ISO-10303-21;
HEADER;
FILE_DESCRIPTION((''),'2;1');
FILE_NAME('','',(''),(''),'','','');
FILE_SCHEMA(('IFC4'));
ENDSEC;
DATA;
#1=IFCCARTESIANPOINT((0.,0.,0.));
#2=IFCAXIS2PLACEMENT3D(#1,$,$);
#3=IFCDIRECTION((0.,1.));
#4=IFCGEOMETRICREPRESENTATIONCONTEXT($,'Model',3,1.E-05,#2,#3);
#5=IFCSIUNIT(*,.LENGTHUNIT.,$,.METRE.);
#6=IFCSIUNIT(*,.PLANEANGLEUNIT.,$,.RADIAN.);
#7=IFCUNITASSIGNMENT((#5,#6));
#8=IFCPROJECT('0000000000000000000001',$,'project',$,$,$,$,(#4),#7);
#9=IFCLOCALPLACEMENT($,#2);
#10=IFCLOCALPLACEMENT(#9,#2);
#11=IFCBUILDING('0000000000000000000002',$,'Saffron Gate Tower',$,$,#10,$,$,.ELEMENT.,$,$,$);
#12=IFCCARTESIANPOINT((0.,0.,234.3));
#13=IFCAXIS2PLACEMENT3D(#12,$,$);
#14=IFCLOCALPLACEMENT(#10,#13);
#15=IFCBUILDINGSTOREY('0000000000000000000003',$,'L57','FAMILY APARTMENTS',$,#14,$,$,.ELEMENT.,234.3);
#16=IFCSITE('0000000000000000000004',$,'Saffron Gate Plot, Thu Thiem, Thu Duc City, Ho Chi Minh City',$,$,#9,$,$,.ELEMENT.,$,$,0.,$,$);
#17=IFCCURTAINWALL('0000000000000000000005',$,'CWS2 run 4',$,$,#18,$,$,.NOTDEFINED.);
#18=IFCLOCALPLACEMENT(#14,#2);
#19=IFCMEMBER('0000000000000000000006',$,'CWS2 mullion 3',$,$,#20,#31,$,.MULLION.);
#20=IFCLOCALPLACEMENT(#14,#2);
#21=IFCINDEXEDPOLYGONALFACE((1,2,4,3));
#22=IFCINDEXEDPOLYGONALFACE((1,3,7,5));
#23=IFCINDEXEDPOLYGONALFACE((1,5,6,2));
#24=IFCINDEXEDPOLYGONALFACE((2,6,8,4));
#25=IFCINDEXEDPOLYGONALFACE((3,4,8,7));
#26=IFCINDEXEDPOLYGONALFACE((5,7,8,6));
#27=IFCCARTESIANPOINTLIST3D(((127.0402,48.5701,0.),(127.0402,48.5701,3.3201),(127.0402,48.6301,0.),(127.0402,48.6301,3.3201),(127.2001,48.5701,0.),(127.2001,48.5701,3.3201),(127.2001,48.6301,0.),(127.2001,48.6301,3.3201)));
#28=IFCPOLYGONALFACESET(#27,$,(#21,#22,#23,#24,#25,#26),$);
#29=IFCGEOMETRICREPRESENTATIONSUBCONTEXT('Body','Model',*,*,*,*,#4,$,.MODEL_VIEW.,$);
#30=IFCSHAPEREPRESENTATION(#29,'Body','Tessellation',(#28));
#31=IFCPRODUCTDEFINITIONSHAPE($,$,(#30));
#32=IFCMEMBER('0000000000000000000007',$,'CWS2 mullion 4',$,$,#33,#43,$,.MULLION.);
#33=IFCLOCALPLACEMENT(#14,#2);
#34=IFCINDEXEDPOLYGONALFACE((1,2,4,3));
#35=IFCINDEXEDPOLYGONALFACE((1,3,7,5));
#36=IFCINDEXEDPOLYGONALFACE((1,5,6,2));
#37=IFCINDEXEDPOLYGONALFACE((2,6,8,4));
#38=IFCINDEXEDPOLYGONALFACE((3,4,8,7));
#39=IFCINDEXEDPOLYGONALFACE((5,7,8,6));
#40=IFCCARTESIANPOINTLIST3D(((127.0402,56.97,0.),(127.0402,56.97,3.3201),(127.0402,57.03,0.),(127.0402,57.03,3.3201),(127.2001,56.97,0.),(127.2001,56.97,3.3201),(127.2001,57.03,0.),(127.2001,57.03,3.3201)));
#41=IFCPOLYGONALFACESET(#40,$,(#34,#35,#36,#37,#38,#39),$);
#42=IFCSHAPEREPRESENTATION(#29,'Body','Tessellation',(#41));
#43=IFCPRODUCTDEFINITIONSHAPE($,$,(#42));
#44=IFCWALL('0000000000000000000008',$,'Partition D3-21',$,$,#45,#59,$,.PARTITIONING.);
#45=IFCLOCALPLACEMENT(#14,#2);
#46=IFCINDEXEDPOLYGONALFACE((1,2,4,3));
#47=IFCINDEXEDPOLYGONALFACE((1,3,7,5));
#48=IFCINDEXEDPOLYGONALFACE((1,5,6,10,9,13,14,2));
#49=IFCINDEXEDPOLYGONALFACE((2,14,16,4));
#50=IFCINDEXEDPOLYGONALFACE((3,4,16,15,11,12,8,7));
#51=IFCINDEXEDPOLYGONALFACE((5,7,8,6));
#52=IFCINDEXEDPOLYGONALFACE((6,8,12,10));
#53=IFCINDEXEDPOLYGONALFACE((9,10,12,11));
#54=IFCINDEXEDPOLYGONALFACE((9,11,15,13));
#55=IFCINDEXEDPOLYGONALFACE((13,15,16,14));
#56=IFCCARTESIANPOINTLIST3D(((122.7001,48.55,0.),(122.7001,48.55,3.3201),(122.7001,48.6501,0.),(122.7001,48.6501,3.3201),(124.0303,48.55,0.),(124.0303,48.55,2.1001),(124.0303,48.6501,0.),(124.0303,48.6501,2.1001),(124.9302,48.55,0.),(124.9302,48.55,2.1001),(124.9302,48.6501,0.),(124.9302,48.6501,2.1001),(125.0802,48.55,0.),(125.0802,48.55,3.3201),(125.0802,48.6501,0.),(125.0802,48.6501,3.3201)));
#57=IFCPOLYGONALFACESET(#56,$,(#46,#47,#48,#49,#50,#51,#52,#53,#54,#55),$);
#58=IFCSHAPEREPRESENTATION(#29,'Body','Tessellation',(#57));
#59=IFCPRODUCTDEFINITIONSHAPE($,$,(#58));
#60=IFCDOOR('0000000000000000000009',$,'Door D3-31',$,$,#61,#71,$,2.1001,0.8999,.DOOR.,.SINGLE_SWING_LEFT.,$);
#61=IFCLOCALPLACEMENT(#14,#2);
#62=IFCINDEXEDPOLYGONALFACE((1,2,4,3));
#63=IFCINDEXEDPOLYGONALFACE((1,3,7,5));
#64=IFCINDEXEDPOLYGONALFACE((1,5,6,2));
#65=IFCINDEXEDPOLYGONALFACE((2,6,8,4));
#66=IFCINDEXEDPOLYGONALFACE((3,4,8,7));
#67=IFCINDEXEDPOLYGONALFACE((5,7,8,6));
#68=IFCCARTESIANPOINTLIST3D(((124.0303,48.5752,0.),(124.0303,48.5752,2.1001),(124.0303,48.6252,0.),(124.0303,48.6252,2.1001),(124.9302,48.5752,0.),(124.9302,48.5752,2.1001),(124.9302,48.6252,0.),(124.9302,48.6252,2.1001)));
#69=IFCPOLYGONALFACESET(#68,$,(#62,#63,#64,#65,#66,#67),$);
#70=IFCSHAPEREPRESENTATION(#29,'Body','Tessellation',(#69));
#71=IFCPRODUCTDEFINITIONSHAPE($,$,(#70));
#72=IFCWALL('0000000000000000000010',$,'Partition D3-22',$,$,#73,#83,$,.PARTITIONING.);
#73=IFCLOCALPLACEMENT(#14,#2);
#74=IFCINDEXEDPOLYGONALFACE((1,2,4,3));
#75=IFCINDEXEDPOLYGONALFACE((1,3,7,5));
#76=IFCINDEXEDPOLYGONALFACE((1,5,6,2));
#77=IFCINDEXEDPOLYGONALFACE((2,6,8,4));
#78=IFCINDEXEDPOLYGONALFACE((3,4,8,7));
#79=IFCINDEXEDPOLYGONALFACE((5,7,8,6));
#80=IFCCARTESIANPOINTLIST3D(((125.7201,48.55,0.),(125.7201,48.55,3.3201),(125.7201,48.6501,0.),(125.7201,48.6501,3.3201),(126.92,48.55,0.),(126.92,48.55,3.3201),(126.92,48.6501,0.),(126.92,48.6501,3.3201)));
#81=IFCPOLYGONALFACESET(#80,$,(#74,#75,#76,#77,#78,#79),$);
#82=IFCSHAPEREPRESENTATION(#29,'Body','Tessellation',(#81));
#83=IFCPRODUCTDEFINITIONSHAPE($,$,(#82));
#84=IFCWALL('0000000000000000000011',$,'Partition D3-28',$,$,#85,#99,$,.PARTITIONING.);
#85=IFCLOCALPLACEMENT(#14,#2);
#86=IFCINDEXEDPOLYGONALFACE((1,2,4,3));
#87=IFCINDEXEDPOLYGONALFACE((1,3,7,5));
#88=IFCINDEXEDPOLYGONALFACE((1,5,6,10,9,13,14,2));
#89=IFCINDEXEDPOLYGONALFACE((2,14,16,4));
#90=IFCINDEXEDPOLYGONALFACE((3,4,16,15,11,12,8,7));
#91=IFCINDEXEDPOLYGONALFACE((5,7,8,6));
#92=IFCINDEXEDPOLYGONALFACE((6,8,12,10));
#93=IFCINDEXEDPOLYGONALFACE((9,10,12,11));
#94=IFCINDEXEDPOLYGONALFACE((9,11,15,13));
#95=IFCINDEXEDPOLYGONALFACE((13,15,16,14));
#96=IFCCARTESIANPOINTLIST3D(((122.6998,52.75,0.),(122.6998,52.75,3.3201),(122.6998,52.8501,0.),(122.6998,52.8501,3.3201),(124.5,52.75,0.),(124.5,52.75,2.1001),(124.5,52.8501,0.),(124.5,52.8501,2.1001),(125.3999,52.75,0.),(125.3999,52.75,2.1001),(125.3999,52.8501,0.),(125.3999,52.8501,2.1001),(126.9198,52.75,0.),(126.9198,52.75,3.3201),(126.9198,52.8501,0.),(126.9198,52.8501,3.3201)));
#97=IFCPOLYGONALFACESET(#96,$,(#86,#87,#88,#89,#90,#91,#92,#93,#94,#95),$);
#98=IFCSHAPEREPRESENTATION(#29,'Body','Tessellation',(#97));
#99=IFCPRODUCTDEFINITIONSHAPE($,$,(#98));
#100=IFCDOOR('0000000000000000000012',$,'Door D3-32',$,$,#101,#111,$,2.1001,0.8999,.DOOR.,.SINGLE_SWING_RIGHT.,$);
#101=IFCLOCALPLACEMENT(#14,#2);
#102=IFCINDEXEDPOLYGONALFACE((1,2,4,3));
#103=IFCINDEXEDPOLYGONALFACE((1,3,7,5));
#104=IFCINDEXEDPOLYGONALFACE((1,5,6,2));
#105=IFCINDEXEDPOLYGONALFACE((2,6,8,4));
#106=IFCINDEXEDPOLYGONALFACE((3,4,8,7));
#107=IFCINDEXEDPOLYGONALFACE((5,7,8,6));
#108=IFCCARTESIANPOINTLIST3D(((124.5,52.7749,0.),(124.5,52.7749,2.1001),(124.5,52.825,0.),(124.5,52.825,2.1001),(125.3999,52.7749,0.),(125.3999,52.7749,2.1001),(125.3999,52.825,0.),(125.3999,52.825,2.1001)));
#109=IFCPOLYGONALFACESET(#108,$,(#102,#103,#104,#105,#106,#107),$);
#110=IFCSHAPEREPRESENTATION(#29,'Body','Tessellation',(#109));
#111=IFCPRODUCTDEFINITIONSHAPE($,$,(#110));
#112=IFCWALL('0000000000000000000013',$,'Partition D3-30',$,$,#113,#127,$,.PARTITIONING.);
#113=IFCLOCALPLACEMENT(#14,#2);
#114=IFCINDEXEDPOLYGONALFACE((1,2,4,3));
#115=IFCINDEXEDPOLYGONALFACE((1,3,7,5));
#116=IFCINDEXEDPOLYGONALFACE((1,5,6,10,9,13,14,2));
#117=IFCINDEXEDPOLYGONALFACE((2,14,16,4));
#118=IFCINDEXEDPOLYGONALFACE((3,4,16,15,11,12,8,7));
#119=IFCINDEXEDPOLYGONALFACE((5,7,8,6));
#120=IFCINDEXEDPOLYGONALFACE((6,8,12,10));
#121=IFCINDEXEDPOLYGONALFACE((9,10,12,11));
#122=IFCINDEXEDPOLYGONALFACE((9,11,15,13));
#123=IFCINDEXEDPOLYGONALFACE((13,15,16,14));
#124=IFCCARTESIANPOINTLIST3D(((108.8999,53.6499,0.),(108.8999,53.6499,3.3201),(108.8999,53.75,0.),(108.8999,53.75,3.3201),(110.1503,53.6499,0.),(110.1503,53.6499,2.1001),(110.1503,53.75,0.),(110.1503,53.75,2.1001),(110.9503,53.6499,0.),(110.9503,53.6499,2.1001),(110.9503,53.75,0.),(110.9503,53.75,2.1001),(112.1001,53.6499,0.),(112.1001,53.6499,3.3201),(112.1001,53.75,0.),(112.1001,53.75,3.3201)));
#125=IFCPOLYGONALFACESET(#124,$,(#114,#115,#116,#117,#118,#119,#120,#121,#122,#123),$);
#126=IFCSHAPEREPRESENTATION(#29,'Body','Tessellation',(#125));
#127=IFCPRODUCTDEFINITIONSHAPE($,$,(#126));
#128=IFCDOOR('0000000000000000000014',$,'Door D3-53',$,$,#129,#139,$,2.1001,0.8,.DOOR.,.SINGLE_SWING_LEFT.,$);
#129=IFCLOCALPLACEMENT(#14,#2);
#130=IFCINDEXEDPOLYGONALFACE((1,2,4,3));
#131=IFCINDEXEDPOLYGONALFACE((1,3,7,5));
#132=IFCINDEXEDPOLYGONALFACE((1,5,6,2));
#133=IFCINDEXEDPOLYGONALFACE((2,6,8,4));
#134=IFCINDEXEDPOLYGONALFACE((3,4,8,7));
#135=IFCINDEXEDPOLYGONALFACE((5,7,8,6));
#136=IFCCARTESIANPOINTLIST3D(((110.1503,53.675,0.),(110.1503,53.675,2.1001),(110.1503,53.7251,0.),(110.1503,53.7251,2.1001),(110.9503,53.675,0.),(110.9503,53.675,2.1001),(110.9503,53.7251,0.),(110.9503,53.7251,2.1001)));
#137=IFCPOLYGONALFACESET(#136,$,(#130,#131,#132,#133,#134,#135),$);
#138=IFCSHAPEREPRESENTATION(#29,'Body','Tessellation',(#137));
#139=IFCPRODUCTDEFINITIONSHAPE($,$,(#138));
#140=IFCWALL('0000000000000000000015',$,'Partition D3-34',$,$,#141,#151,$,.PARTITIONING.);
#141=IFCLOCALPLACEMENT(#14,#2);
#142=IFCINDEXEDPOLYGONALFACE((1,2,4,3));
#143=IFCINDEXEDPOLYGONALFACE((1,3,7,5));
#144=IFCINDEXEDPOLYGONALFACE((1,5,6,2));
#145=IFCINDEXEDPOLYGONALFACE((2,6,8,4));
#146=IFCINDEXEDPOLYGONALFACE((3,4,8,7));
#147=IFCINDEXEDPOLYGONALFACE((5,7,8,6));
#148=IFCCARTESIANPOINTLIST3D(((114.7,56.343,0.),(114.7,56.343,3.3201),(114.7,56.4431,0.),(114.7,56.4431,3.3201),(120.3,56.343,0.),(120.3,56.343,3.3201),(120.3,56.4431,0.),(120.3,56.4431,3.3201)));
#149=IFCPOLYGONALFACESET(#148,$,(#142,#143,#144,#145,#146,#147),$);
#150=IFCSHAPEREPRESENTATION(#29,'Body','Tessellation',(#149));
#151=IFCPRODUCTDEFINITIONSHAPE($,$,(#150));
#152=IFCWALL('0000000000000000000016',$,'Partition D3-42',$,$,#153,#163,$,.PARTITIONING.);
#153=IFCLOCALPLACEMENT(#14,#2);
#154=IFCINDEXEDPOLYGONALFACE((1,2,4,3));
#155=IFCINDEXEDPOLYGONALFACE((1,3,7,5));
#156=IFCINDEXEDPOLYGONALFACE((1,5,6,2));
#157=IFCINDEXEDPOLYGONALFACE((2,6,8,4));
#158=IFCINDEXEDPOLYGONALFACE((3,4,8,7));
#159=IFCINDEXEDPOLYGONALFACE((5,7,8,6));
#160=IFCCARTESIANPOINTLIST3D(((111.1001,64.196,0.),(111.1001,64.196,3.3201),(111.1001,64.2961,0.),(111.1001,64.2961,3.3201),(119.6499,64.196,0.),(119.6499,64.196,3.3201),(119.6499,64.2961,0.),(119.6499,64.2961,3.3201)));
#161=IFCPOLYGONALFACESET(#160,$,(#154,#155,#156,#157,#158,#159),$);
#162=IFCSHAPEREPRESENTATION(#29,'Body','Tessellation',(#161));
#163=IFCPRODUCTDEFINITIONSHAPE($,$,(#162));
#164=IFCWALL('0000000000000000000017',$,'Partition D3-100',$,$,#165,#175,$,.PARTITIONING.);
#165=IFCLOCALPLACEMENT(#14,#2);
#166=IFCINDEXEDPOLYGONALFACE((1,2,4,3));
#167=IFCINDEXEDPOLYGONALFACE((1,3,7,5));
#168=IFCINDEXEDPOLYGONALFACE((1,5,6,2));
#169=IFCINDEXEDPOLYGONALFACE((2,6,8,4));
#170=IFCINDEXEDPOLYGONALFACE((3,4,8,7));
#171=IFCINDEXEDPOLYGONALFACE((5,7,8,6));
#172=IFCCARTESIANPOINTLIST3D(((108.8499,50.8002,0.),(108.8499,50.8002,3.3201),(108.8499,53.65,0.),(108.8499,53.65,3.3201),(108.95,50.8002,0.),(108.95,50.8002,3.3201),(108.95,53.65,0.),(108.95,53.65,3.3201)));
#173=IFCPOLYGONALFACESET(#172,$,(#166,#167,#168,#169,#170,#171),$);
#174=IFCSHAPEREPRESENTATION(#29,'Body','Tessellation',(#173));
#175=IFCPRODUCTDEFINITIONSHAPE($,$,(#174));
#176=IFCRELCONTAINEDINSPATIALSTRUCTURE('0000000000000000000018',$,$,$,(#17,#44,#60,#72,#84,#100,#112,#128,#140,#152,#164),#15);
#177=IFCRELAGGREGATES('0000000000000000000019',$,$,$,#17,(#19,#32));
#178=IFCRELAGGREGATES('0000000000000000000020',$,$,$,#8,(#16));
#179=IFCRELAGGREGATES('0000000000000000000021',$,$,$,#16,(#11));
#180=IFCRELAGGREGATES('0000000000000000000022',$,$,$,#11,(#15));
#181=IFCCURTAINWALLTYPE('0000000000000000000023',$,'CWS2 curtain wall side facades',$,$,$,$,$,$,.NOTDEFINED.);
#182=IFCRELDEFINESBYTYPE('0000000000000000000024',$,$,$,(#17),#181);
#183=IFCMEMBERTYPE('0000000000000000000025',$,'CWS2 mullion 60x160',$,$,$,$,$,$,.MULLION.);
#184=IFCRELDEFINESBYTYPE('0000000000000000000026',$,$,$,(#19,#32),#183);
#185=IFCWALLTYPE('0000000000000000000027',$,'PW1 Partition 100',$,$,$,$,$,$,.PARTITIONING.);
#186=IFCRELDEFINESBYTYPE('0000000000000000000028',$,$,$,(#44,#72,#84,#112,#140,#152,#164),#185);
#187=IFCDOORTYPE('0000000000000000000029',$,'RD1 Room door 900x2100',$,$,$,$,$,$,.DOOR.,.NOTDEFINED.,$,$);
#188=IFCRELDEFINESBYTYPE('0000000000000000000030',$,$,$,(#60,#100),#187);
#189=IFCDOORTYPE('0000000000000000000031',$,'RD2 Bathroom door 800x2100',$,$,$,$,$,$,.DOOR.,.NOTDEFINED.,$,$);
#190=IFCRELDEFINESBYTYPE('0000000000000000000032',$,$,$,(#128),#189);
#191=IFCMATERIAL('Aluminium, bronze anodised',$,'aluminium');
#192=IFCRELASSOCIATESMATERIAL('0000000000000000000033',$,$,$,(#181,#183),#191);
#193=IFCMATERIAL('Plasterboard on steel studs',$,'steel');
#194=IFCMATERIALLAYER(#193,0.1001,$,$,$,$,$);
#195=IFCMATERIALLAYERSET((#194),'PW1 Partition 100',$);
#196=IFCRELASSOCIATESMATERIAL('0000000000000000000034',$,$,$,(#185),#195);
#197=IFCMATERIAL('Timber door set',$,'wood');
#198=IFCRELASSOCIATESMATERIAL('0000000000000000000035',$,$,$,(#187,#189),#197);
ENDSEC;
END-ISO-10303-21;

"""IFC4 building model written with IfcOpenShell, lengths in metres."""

from ifc_helpers import new_model, si_unit, direction, frame, frame_2d, origin, origin_2d, place, context, subcontext, project, spatial, rectangle, extrude, material, layer, layer_set, material_profile, profile_set, type_object, element, fill, aggregate, save


model = new_model("IFC4")

# Units and contexts
model_context = context("Model", 3, precision=1e-05, world=origin(), true_north=direction((0.0, 1.0)))
body_context = subcontext(model_context, "Body", "Model", "MODEL_VIEW")
ifc_project = project(units=[si_unit("LENGTHUNIT", "METRE"), si_unit("PLANEANGLEUNIT", "RADIAN")], contexts=[model_context])

# Site, building, storey
site_placement = place(None, origin())
site = spatial("IfcSite", under=ifc_project, at=site_placement, Name="Saffron Gate Plot, Thu Thiem, Thu Duc City, Ho Chi Minh City", CompositionType="ELEMENT", RefElevation=0.0)
building_placement = place(site_placement, origin())
building = spatial("IfcBuilding", under=site, at=building_placement, Name="Saffron Gate Tower", CompositionType="ELEMENT")
storey_placement = place(building_placement, frame((0.0, 0.0, 234.3)))
storey = spatial("IfcBuildingStorey", under=building, at=storey_placement, Name="L57", Description="FAMILY APARTMENTS", CompositionType="ELEMENT", Elevation=234.3)

# Curtain wall, members
ifc_material_1 = material(Name="Aluminium, bronze anodised", Category="aluminium")
curtain_wall_type = type_object("IfcCurtainWallType", Name="CWS2 curtain wall side facades", PredefinedType="NOTDEFINED", material=ifc_material_1)
curtain_wall_placement = place(storey_placement, origin())
curtain_wall = element("IfcCurtainWall", 1, at=curtain_wall_placement, inside=storey, type_object=curtain_wall_type, Name="CWS2 run 4", PredefinedType="NOTDEFINED")
ifc_material_profile_1 = material_profile(ifc_material_1, rectangle(XDim=0.1599, YDim=0.0601, at=origin_2d()))
ifc_profile_set_1 = profile_set([ifc_material_profile_1], Name="Aluminium, bronze anodised")
member_type = type_object("IfcMemberType", Name="CWS2 mullion 60x160", PredefinedType="MULLION", material=ifc_profile_set_1)
member_1_placement = place(storey_placement, frame((127.1201, 48.6001, 0.0), z_axis=(0.0, 0.0, 1.0), x_axis=(-1.0, 0.0, 0.0)))
member_1 = element("IfcMember", 2, at=member_1_placement, type_object=member_type, Name="CWS2 mullion 3", PredefinedType="MULLION", context=body_context, shape_type="SweptSolid", body=[
    extrude(rectangle(XDim=0.1599, YDim=0.0601, at=origin_2d()), origin(), (0.0, 0.0, 1.0), 3.3201),
])
member_2_placement = place(storey_placement, frame((127.1201, 57.0, 0.0), z_axis=(0.0, 0.0, 1.0), x_axis=(-1.0, 0.0, 0.0)))
member_2 = element("IfcMember", 3, at=member_2_placement, type_object=member_type, Name="CWS2 mullion 4", PredefinedType="MULLION", context=body_context, shape_type="SweptSolid", body=[
    extrude(rectangle(XDim=0.1599, YDim=0.0601, at=origin_2d()), origin(), (0.0, 0.0, 1.0), 3.3201),
])
aggregate(curtain_wall, [member_1, member_2])

# Wall, opening, door
ifc_material_2 = material(Name="Plasterboard on steel studs", Category="steel")
ifc_layer_1 = layer(ifc_material_2, 0.1001)
ifc_layer_set_1 = layer_set([ifc_layer_1], Name="PW1 Partition 100")
wall_type_1 = type_object("IfcWallType", Name="PW1 Partition 100", PredefinedType="PARTITIONING", material=ifc_layer_set_1)
wall_1_placement = place(storey_placement, frame((125.0801, 48.6001, 0.0), z_axis=(0.0, 0.0, 1.0), x_axis=(-1.0, 0.0, 0.0)))
wall_1 = element("IfcWall", 4, at=wall_1_placement, inside=storey, type_object=wall_type_1, Name="Partition D3-21", PredefinedType="PARTITIONING", context=body_context, shape_type="SweptSolid", body=[
    extrude(rectangle(XDim=2.3801, YDim=0.1001, at=frame_2d((1.1899, 0.0))), origin(), (0.0, 0.0, 1.0), 3.3201),
])
opening_1_placement = place(wall_1_placement, frame((0.1499, 0.0, 0.0)))
opening_1 = element("IfcOpeningElement", 5, at=opening_1_placement, cuts=wall_1, PredefinedType="OPENING", context=body_context, shape_type="SweptSolid", body=[
    extrude(rectangle(XDim=0.8999, YDim=2.1001, at=frame_2d((0.45, 1.05))), frame((0.0, 0.0601, 0.0), z_axis=(0.0, -1.0, 0.0), x_axis=(1.0, 0.0, 0.0)), (0.0, 0.0, 1.0), 0.1201),
])
ifc_material_3 = material(Name="Timber door set", Category="wood")
door_type_1 = type_object("IfcDoorType", Name="RD1 Room door 900x2100", OperationType="NOTDEFINED", PredefinedType="DOOR", material=ifc_material_3)
door_1_placement = place(opening_1_placement, origin())
door_1 = element("IfcDoor", 6, at=door_1_placement, inside=storey, type_object=door_type_1, Name="Door D3-31", OperationType="SINGLE_SWING_LEFT", OverallHeight=2.1001, OverallWidth=0.8999, PredefinedType="DOOR", context=body_context, shape_type="SweptSolid", body=[
    extrude(rectangle(XDim=0.8999, YDim=2.1001, at=frame_2d((0.45, 1.05))), frame((0.0, 0.0249, 0.0), z_axis=(0.0, -1.0, 0.0), x_axis=(1.0, 0.0, 0.0)), (0.0, 0.0, 1.0), 0.05),
])
fill(opening_1, door_1)

# Wall
wall_2_placement = place(storey_placement, frame((125.72, 48.6001, 0.0), z_axis=(0.0, 0.0, 1.0), x_axis=(1.0, 0.0, 0.0)))
element("IfcWall", 7, at=wall_2_placement, inside=storey, type_object=wall_type_1, Name="Partition D3-22", PredefinedType="PARTITIONING", context=body_context, shape_type="SweptSolid", body=[
    extrude(rectangle(XDim=1.2, YDim=0.1001, at=frame_2d((0.6001, 0.0))), origin(), (0.0, 0.0, 1.0), 3.3201),
])

# Walls, openings, doors
wall_3_placement = place(storey_placement, frame((122.7, 52.8, 0.0), z_axis=(0.0, 0.0, 1.0), x_axis=(1.0, 0.0, 0.0)))
wall_3 = element("IfcWall", 8, at=wall_3_placement, inside=storey, type_object=wall_type_1, Name="Partition D3-28", PredefinedType="PARTITIONING", context=body_context, shape_type="SweptSolid", body=[
    extrude(rectangle(XDim=4.22, YDim=0.1001, at=frame_2d((2.1099, 0.0))), origin(), (0.0, 0.0, 1.0), 3.3201),
])
opening_2_placement = place(wall_3_placement, frame((1.8, 0.0, 0.0)))
opening_2 = element("IfcOpeningElement", 9, at=opening_2_placement, cuts=wall_3, PredefinedType="OPENING", context=body_context, shape_type="SweptSolid", body=[
    extrude(rectangle(XDim=0.8999, YDim=2.1001, at=frame_2d((0.45, 1.05))), frame((0.0, 0.0601, 0.0), z_axis=(0.0, -1.0, 0.0), x_axis=(1.0, 0.0, 0.0)), (0.0, 0.0, 1.0), 0.1201),
])
door_2_placement = place(opening_2_placement, origin())
door_2 = element("IfcDoor", 10, at=door_2_placement, inside=storey, type_object=door_type_1, Name="Door D3-32", OperationType="SINGLE_SWING_RIGHT", OverallHeight=2.1001, OverallWidth=0.8999, PredefinedType="DOOR", context=body_context, shape_type="SweptSolid", body=[
    extrude(rectangle(XDim=0.8999, YDim=2.1001, at=frame_2d((0.45, 1.05))), frame((0.0, 0.0249, 0.0), z_axis=(0.0, -1.0, 0.0), x_axis=(1.0, 0.0, 0.0)), (0.0, 0.0, 1.0), 0.05),
])
fill(opening_2, door_2)
wall_4_placement = place(storey_placement, frame((112.1001, 53.7, 0.0), z_axis=(0.0, 0.0, 1.0), x_axis=(-1.0, 0.0, 0.0)))
wall_4 = element("IfcWall", 11, at=wall_4_placement, inside=storey, type_object=wall_type_1, Name="Partition D3-30", PredefinedType="PARTITIONING", context=body_context, shape_type="SweptSolid", body=[
    extrude(rectangle(XDim=3.2002, YDim=0.1001, at=frame_2d((1.6001, 0.0))), origin(), (0.0, 0.0, 1.0), 3.3201),
])
opening_3_placement = place(wall_4_placement, frame((1.1499, 0.0, 0.0)))
opening_3 = element("IfcOpeningElement", 12, at=opening_3_placement, cuts=wall_4, PredefinedType="OPENING", context=body_context, shape_type="SweptSolid", body=[
    extrude(rectangle(XDim=0.8, YDim=2.1001, at=frame_2d((0.3999, 1.05))), frame((0.0, 0.0601, 0.0), z_axis=(0.0, -1.0, 0.0), x_axis=(1.0, 0.0, 0.0)), (0.0, 0.0, 1.0), 0.1201),
])
door_type_2 = type_object("IfcDoorType", Name="RD2 Bathroom door 800x2100", OperationType="NOTDEFINED", PredefinedType="DOOR", material=ifc_material_3)
door_3_placement = place(opening_3_placement, origin())
door_3 = element("IfcDoor", 13, at=door_3_placement, inside=storey, type_object=door_type_2, Name="Door D3-53", OperationType="SINGLE_SWING_LEFT", OverallHeight=2.1001, OverallWidth=0.8, PredefinedType="DOOR", context=body_context, shape_type="SweptSolid", body=[
    extrude(rectangle(XDim=0.8, YDim=2.1001, at=frame_2d((0.3999, 1.05))), frame((0.0, 0.0249, 0.0), z_axis=(0.0, -1.0, 0.0), x_axis=(1.0, 0.0, 0.0)), (0.0, 0.0, 1.0), 0.05),
])
fill(opening_3, door_3)

# Walls
wall_5_placement = place(storey_placement, frame((114.7, 56.3931, 0.0), z_axis=(0.0, 0.0, 1.0), x_axis=(1.0, 0.0, 0.0)))
element("IfcWall", 14, at=wall_5_placement, inside=storey, type_object=wall_type_1, Name="Partition D3-34", PredefinedType="PARTITIONING", context=body_context, shape_type="SweptSolid", body=[
    extrude(rectangle(XDim=5.6001, YDim=0.1001, at=frame_2d((2.8, 0.0))), origin(), (0.0, 0.0, 1.0), 3.3201),
])
wall_6_placement = place(storey_placement, frame((111.1001, 64.2461, 0.0), z_axis=(0.0, 0.0, 1.0), x_axis=(1.0, 0.0, 0.0)))
element("IfcWall", 15, at=wall_6_placement, inside=storey, type_object=wall_type_1, Name="Partition D3-42", PredefinedType="PARTITIONING", context=body_context, shape_type="SweptSolid", body=[
    extrude(rectangle(XDim=8.5498, YDim=0.1001, at=frame_2d((4.2749, 0.0))), origin(), (0.0, 0.0, 1.0), 3.3201),
])
wall_7_placement = place(storey_placement, frame((108.8999, 53.6499, 0.0), z_axis=(0.0, 0.0, 1.0), x_axis=(0.0, -1.0, 0.0)))
element("IfcWall", 16, at=wall_7_placement, inside=storey, type_object=wall_type_1, Name="Partition D3-100", PredefinedType="PARTITIONING", context=body_context, shape_type="SweptSolid", body=[
    extrude(rectangle(XDim=2.8499, YDim=0.1001, at=frame_2d((1.4248, 0.0))), origin(), (0.0, 0.0, 1.0), 3.3201),
])

save(model, "model.ifc")
